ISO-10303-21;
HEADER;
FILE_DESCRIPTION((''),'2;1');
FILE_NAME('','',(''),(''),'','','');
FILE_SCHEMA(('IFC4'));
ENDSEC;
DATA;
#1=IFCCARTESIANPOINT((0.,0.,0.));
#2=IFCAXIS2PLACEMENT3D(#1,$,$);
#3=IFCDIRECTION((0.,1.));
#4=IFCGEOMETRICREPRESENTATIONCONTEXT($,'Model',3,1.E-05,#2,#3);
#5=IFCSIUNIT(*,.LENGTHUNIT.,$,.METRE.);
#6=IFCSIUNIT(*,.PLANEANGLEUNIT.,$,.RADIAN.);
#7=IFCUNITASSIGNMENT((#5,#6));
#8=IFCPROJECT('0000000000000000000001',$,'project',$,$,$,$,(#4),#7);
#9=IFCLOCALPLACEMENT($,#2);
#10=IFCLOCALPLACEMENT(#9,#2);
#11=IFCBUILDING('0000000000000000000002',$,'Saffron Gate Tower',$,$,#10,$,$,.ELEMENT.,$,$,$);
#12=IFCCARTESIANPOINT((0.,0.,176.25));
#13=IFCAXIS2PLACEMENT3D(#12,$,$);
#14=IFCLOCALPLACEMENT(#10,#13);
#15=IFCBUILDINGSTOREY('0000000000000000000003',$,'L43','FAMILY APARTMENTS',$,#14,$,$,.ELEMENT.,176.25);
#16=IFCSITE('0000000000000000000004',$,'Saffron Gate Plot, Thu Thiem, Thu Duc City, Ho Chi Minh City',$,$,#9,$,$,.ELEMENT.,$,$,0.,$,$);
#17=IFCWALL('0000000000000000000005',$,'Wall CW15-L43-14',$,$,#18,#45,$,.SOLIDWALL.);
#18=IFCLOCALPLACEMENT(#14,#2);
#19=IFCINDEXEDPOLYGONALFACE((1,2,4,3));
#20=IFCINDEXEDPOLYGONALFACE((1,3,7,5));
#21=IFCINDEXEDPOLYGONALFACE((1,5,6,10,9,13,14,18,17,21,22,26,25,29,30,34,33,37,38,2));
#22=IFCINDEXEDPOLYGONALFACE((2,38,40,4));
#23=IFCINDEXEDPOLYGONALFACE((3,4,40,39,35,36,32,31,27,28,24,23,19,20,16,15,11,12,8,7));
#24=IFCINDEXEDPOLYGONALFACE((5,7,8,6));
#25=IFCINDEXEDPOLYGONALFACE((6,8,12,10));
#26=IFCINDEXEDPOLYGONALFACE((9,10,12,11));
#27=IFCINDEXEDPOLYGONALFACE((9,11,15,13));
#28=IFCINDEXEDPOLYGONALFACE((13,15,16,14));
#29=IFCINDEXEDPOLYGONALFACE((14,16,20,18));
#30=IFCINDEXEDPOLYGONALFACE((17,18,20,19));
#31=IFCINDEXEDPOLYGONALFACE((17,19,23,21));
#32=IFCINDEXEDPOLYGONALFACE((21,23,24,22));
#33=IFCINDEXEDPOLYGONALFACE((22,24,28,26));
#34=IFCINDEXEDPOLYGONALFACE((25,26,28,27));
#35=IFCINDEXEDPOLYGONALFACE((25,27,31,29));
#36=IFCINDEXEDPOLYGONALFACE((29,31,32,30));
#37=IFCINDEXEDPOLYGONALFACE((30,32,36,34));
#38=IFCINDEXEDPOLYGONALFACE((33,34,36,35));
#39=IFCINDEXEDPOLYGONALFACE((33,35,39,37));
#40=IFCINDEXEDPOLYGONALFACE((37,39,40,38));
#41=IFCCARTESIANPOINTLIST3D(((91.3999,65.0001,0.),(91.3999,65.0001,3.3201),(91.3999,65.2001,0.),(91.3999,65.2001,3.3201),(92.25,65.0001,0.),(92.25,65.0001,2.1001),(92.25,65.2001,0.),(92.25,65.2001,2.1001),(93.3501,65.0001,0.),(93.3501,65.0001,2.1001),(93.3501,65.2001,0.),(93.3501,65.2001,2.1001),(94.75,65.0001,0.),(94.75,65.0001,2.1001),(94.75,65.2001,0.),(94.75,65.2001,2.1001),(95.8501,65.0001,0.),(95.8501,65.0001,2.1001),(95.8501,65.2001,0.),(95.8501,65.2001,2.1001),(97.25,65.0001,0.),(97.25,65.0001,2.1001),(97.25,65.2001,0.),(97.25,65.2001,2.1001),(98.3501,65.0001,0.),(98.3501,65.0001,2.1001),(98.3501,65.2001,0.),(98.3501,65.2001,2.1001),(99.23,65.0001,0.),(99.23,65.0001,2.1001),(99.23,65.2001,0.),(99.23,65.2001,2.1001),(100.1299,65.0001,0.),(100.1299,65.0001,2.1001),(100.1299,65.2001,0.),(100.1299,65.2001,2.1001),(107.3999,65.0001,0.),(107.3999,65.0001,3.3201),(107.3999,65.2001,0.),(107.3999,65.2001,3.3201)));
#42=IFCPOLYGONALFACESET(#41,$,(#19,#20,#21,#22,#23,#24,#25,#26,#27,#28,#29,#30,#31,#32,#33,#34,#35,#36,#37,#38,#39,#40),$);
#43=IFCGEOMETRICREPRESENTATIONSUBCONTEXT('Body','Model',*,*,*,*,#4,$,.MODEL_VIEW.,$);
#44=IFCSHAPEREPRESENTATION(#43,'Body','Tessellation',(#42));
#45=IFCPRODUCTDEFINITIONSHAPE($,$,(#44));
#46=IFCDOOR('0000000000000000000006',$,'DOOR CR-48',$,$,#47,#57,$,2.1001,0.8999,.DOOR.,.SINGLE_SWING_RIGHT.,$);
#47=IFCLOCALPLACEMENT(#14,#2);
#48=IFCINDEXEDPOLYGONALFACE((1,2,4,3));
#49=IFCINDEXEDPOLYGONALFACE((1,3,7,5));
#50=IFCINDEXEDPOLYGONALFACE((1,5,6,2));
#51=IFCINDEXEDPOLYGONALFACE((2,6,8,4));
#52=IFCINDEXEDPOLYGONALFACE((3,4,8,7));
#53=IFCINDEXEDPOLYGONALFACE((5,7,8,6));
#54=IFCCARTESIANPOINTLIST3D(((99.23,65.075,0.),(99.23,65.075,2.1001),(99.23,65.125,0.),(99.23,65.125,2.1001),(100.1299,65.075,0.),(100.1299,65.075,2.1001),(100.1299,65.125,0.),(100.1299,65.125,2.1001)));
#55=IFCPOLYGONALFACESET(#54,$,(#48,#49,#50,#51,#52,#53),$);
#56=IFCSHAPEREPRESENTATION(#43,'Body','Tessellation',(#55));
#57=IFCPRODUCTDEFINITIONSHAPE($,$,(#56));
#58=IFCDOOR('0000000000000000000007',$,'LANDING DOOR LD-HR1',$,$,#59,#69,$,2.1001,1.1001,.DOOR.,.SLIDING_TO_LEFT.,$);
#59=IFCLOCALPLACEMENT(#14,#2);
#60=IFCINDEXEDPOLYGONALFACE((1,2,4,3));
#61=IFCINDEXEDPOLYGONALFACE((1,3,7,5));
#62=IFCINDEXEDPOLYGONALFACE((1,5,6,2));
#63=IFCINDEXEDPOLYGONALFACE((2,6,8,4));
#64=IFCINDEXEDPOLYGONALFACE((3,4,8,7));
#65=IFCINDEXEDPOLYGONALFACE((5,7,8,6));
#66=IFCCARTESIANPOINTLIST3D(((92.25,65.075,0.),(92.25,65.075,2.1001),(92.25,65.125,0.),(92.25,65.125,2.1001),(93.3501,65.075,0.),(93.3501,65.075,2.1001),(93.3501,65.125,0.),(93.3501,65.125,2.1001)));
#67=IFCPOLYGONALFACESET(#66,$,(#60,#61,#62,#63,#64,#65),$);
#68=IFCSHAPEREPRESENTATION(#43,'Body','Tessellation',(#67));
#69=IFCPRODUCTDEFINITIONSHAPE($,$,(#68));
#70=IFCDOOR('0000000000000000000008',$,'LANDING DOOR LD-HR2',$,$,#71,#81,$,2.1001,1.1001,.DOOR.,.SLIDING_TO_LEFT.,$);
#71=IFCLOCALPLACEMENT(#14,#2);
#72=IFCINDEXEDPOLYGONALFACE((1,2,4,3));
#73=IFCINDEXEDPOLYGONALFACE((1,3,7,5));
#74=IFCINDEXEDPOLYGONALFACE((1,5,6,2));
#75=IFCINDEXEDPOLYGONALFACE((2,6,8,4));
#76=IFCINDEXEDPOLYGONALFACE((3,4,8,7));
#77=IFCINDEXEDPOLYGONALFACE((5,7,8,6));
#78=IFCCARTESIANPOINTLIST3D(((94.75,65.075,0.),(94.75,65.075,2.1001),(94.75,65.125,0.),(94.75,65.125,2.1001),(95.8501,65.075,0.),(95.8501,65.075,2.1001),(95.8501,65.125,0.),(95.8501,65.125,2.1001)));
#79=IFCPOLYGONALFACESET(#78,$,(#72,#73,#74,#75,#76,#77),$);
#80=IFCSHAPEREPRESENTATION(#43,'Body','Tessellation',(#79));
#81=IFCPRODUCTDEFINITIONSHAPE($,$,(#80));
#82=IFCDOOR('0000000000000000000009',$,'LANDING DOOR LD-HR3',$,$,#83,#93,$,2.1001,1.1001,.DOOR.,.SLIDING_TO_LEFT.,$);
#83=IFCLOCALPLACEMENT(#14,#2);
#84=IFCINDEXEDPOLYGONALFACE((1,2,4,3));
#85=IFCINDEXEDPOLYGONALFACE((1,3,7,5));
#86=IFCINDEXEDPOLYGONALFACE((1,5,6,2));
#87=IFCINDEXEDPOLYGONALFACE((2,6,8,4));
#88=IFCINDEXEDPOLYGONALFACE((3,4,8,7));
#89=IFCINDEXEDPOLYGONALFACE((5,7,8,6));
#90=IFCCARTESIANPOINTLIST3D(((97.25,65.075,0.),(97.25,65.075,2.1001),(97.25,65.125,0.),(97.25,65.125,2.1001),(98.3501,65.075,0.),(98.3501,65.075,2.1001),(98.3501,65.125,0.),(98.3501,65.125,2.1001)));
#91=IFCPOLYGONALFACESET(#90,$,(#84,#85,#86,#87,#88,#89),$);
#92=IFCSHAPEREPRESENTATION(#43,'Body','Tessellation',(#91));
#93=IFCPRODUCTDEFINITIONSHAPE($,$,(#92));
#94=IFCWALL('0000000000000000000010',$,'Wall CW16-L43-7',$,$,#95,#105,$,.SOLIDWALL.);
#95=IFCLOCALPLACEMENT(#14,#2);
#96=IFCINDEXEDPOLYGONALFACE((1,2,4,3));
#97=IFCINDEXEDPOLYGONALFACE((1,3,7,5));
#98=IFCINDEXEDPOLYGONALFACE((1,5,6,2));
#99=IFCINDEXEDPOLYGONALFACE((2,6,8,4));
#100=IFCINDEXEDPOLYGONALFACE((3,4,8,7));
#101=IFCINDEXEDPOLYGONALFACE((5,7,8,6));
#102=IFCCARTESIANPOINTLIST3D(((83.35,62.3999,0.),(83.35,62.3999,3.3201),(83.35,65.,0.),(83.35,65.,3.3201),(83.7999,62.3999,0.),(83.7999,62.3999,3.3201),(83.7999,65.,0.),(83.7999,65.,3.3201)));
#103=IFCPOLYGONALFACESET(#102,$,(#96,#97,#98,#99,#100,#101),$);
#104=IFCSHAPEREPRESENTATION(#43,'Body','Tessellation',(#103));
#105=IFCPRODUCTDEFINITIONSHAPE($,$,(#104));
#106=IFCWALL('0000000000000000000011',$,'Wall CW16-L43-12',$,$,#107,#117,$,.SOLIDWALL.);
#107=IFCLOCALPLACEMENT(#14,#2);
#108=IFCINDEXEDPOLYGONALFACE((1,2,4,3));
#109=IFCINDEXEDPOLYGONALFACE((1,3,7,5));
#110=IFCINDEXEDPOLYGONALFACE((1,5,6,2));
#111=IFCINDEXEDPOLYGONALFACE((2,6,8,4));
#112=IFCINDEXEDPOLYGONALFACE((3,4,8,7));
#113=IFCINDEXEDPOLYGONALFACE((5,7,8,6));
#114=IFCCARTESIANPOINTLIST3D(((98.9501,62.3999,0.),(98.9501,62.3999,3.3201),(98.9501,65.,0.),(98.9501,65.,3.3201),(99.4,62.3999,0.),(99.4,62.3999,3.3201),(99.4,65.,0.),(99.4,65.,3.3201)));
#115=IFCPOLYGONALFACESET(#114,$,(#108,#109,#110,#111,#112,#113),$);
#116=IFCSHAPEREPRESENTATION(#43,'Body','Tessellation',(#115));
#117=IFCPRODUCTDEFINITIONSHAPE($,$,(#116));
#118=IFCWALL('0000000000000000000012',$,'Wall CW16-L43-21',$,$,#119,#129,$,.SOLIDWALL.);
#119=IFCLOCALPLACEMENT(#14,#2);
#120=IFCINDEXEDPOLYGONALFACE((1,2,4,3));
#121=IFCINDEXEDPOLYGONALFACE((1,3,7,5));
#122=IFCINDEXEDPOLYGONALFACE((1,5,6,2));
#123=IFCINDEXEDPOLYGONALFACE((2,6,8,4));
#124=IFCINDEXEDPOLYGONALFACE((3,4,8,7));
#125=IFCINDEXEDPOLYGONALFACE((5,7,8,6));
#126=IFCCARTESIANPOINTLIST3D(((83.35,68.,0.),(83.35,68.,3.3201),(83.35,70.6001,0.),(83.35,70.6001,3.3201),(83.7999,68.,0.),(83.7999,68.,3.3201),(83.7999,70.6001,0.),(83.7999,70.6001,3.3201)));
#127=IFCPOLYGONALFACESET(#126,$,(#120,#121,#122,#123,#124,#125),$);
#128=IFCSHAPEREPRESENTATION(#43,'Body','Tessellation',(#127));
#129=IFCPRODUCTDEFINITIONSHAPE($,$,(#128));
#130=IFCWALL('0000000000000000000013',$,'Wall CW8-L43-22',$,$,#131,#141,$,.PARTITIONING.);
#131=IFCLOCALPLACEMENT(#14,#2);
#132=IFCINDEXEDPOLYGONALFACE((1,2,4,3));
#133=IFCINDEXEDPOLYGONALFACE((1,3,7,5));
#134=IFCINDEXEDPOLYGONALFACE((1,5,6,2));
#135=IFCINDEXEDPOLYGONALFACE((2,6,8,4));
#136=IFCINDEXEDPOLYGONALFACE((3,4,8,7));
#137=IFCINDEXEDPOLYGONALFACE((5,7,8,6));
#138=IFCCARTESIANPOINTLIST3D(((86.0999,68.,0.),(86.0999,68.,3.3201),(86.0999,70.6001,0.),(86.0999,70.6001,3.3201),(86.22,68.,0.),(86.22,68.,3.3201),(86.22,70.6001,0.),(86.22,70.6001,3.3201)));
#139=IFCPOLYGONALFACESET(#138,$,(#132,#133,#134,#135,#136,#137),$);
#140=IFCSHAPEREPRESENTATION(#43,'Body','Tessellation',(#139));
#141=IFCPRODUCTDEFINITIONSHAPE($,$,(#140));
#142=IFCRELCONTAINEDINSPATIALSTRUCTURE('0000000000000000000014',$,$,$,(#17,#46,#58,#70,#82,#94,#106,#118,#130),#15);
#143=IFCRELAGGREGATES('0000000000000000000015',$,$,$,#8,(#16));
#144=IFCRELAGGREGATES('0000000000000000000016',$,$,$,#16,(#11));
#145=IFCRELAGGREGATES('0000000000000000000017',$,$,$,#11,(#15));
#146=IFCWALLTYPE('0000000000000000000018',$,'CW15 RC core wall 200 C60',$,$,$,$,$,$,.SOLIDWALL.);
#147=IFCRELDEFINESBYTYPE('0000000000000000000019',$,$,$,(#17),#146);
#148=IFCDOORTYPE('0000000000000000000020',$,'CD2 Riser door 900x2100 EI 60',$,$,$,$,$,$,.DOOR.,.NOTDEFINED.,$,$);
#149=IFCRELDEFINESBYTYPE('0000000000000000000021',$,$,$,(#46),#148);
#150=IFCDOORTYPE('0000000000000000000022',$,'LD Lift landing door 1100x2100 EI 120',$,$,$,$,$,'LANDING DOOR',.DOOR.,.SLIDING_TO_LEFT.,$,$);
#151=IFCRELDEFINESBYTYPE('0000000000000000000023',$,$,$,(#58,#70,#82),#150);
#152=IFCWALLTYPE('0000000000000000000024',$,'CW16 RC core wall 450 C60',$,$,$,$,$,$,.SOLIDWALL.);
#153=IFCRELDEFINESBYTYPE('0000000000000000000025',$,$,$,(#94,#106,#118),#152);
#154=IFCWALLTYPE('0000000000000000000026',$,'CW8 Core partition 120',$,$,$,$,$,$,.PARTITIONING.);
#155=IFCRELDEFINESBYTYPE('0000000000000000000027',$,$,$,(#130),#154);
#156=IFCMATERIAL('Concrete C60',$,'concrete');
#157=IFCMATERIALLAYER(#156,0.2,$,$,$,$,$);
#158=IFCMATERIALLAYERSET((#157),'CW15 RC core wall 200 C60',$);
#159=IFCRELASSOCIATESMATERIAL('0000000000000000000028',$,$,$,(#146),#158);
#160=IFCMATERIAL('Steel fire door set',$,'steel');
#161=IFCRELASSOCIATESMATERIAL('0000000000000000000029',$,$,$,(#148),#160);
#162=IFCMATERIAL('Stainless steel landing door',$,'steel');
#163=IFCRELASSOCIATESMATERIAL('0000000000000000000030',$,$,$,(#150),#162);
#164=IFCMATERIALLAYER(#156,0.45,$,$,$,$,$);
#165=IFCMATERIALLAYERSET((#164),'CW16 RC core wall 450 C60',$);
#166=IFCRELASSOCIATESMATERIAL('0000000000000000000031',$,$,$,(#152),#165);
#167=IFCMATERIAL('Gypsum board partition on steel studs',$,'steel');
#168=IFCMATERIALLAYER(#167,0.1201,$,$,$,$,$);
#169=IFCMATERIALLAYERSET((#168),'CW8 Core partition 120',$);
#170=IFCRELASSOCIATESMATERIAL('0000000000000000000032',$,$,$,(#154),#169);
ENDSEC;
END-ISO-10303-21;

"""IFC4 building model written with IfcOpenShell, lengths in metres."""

from ifc_helpers import new_model, si_unit, direction, frame, frame_2d, origin, place, context, subcontext, project, spatial, rectangle, extrude, material, layer, layer_set, type_object, element, fill, save


model = new_model("IFC4")

# Units and contexts
model_context = context("Model", 3, precision=1e-05, world=origin(), true_north=direction((0.0, 1.0)))
body_context = subcontext(model_context, "Body", "Model", "MODEL_VIEW")
ifc_project = project(units=[si_unit("LENGTHUNIT", "METRE"), si_unit("PLANEANGLEUNIT", "RADIAN")], contexts=[model_context])

# Site, building, storey
site_placement = place(None, origin())
site = spatial("IfcSite", under=ifc_project, at=site_placement, Name="Saffron Gate Plot, Thu Thiem, Thu Duc City, Ho Chi Minh City", CompositionType="ELEMENT", RefElevation=0.0)
building_placement = place(site_placement, origin())
building = spatial("IfcBuilding", under=site, at=building_placement, Name="Saffron Gate Tower", CompositionType="ELEMENT")
storey_placement = place(building_placement, frame((0.0, 0.0, 176.25)))
storey = spatial("IfcBuildingStorey", under=building, at=storey_placement, Name="L43", Description="FAMILY APARTMENTS", CompositionType="ELEMENT", Elevation=176.25)

# Shared definitions
ifc_material_1 = material(Name="Gypsum board partition on steel studs", Category="steel")
ifc_material_2 = material(Name="Concrete C60", Category="concrete")

# Shared definitions
ifc_material_3 = material(Name="Steel fire door set", Category="steel")

# Shared definitions
ifc_layer_1 = layer(ifc_material_2, 0.2)
ifc_layer_set_1 = layer_set([ifc_layer_1], Name="CW15 RC core wall 200 C60")
wall_type_1 = type_object("IfcWallType", Name="CW15 RC core wall 200 C60", PredefinedType="SOLIDWALL", material=ifc_layer_set_1)

# Wall, openings, doors
wall_1_placement = place(storey_placement, frame((91.3999, 65.1001, 0.0), z_axis=(0.0, 0.0, 1.0), x_axis=(1.0, 0.0, 0.0)))
wall_1 = element("IfcWall", 1, at=wall_1_placement, inside=storey, type_object=wall_type_1, Name="Wall CW15-L43-14", PredefinedType="SOLIDWALL", context=body_context, shape_type="SweptSolid", body=[
    extrude(rectangle(XDim=16.0, YDim=0.2, at=frame_2d((8.0, 0.0))), origin(), (0.0, 0.0, 1.0), 3.3201),
])
opening_1_placement = place(wall_1_placement, frame((0.8501, 0.0, 0.0)))
opening_1 = element("IfcOpeningElement", 2, at=opening_1_placement, cuts=wall_1, PredefinedType="OPENING", context=body_context, shape_type="SweptSolid", body=[
    extrude(rectangle(XDim=1.1001, YDim=2.1001, at=frame_2d((0.55, 1.05))), frame((0.0, 0.1099, 0.0), z_axis=(0.0, -1.0, 0.0), x_axis=(1.0, 0.0, 0.0)), (0.0, 0.0, 1.0), 0.22),
])
opening_2_placement = place(wall_1_placement, frame((3.3501, 0.0, 0.0)))
opening_2 = element("IfcOpeningElement", 3, at=opening_2_placement, cuts=wall_1, PredefinedType="OPENING", context=body_context, shape_type="SweptSolid", body=[
    extrude(rectangle(XDim=1.1001, YDim=2.1001, at=frame_2d((0.55, 1.05))), frame((0.0, 0.1099, 0.0), z_axis=(0.0, -1.0, 0.0), x_axis=(1.0, 0.0, 0.0)), (0.0, 0.0, 1.0), 0.22),
])
opening_3_placement = place(wall_1_placement, frame((5.8501, 0.0, 0.0)))
opening_3 = element("IfcOpeningElement", 4, at=opening_3_placement, cuts=wall_1, PredefinedType="OPENING", context=body_context, shape_type="SweptSolid", body=[
    extrude(rectangle(XDim=1.1001, YDim=2.1001, at=frame_2d((0.55, 1.05))), frame((0.0, 0.1099, 0.0), z_axis=(0.0, -1.0, 0.0), x_axis=(1.0, 0.0, 0.0)), (0.0, 0.0, 1.0), 0.22),
])
opening_4_placement = place(wall_1_placement, frame((7.8301, 0.0, 0.0)))
opening_4 = element("IfcOpeningElement", 5, at=opening_4_placement, cuts=wall_1, PredefinedType="OPENING", context=body_context, shape_type="SweptSolid", body=[
    extrude(rectangle(XDim=0.8999, YDim=2.1001, at=frame_2d((0.45, 1.05))), frame((0.0, 0.1099, 0.0), z_axis=(0.0, -1.0, 0.0), x_axis=(1.0, 0.0, 0.0)), (0.0, 0.0, 1.0), 0.22),
])
door_type_1 = type_object("IfcDoorType", Name="CD2 Riser door 900x2100 EI 60", OperationType="NOTDEFINED", PredefinedType="DOOR", material=ifc_material_3)
door_1_placement = place(opening_4_placement, origin())
door_1 = element("IfcDoor", 6, at=door_1_placement, inside=storey, type_object=door_type_1, Name="DOOR CR-48", OperationType="SINGLE_SWING_RIGHT", OverallHeight=2.1001, OverallWidth=0.8999, PredefinedType="DOOR", context=body_context, shape_type="SweptSolid", body=[
    extrude(rectangle(XDim=0.8999, YDim=2.1001, at=frame_2d((0.45, 1.05))), frame((0.0, 0.0249, 0.0), z_axis=(0.0, -1.0, 0.0), x_axis=(1.0, 0.0, 0.0)), (0.0, 0.0, 1.0), 0.05),
])
fill(opening_4, door_1)
ifc_material_4 = material(Name="Stainless steel landing door", Category="steel")
door_type_2 = type_object("IfcDoorType", Name="LD Lift landing door 1100x2100 EI 120", ElementType="LANDING DOOR", OperationType="SLIDING_TO_LEFT", PredefinedType="DOOR", material=ifc_material_4)
door_2_placement = place(opening_1_placement, origin())
door_2 = element("IfcDoor", 7, at=door_2_placement, inside=storey, type_object=door_type_2, Name="LANDING DOOR LD-HR1", OperationType="SLIDING_TO_LEFT", OverallHeight=2.1001, OverallWidth=1.1001, PredefinedType="DOOR", context=body_context, shape_type="SweptSolid", body=[
    extrude(rectangle(XDim=1.1001, YDim=2.1001, at=frame_2d((0.55, 1.05))), frame((0.0, 0.0249, 0.0), z_axis=(0.0, -1.0, 0.0), x_axis=(1.0, 0.0, 0.0)), (0.0, 0.0, 1.0), 0.05),
])
fill(opening_1, door_2)
door_3_placement = place(opening_2_placement, origin())
door_3 = element("IfcDoor", 8, at=door_3_placement, inside=storey, type_object=door_type_2, Name="LANDING DOOR LD-HR2", OperationType="SLIDING_TO_LEFT", OverallHeight=2.1001, OverallWidth=1.1001, PredefinedType="DOOR", context=body_context, shape_type="SweptSolid", body=[
    extrude(rectangle(XDim=1.1001, YDim=2.1001, at=frame_2d((0.55, 1.05))), frame((0.0, 0.0249, 0.0), z_axis=(0.0, -1.0, 0.0), x_axis=(1.0, 0.0, 0.0)), (0.0, 0.0, 1.0), 0.05),
])
fill(opening_2, door_3)
door_4_placement = place(opening_3_placement, origin())
door_4 = element("IfcDoor", 9, at=door_4_placement, inside=storey, type_object=door_type_2, Name="LANDING DOOR LD-HR3", OperationType="SLIDING_TO_LEFT", OverallHeight=2.1001, OverallWidth=1.1001, PredefinedType="DOOR", context=body_context, shape_type="SweptSolid", body=[
    extrude(rectangle(XDim=1.1001, YDim=2.1001, at=frame_2d((0.55, 1.05))), frame((0.0, 0.0249, 0.0), z_axis=(0.0, -1.0, 0.0), x_axis=(1.0, 0.0, 0.0)), (0.0, 0.0, 1.0), 0.05),
])
fill(opening_3, door_4)

# Walls
ifc_layer_2 = layer(ifc_material_2, 0.45)
ifc_layer_set_2 = layer_set([ifc_layer_2], Name="CW16 RC core wall 450 C60")
wall_type_2 = type_object("IfcWallType", Name="CW16 RC core wall 450 C60", PredefinedType="SOLIDWALL", material=ifc_layer_set_2)
for number, where, z_axis, x_axis, name in (
    (10, (83.575, 62.3999, 0.0), (0.0, 0.0, 1.0), (0.0, 1.0, 0.0), "Wall CW16-L43-7"),
    (11, (99.175, 62.3999, 0.0), (0.0, 0.0, 1.0), (0.0, 1.0, 0.0), "Wall CW16-L43-12"),
    (12, (83.575, 68.0, 0.0), (0.0, 0.0, 1.0), (0.0, 1.0, 0.0), "Wall CW16-L43-21"),
):
    element("IfcWall", number, at=place(storey_placement, frame(where, z_axis=z_axis, x_axis=x_axis)), inside=storey, type_object=wall_type_2, Name=name, PredefinedType="SOLIDWALL", context=body_context, shape_type="SweptSolid", body=[
        extrude(rectangle(XDim=2.6001, YDim=0.45, at=frame_2d((1.3, 0.0))), origin(), (0.0, 0.0, 1.0), 3.3201),
    ])
ifc_layer_3 = layer(ifc_material_1, 0.1201)
ifc_layer_set_3 = layer_set([ifc_layer_3], Name="CW8 Core partition 120")
wall_type_3 = type_object("IfcWallType", Name="CW8 Core partition 120", PredefinedType="PARTITIONING", material=ifc_layer_set_3)
wall_2_placement = place(storey_placement, frame((86.1599, 68.0, 0.0), z_axis=(0.0, 0.0, 1.0), x_axis=(0.0, 1.0, 0.0)))
element("IfcWall", 13, at=wall_2_placement, inside=storey, type_object=wall_type_3, Name="Wall CW8-L43-22", PredefinedType="PARTITIONING", context=body_context, shape_type="SweptSolid", body=[
    extrude(rectangle(XDim=2.6001, YDim=0.1201, at=frame_2d((1.3, 0.0))), origin(), (0.0, 0.0, 1.0), 3.3201),
])

save(model, "model.ifc")
